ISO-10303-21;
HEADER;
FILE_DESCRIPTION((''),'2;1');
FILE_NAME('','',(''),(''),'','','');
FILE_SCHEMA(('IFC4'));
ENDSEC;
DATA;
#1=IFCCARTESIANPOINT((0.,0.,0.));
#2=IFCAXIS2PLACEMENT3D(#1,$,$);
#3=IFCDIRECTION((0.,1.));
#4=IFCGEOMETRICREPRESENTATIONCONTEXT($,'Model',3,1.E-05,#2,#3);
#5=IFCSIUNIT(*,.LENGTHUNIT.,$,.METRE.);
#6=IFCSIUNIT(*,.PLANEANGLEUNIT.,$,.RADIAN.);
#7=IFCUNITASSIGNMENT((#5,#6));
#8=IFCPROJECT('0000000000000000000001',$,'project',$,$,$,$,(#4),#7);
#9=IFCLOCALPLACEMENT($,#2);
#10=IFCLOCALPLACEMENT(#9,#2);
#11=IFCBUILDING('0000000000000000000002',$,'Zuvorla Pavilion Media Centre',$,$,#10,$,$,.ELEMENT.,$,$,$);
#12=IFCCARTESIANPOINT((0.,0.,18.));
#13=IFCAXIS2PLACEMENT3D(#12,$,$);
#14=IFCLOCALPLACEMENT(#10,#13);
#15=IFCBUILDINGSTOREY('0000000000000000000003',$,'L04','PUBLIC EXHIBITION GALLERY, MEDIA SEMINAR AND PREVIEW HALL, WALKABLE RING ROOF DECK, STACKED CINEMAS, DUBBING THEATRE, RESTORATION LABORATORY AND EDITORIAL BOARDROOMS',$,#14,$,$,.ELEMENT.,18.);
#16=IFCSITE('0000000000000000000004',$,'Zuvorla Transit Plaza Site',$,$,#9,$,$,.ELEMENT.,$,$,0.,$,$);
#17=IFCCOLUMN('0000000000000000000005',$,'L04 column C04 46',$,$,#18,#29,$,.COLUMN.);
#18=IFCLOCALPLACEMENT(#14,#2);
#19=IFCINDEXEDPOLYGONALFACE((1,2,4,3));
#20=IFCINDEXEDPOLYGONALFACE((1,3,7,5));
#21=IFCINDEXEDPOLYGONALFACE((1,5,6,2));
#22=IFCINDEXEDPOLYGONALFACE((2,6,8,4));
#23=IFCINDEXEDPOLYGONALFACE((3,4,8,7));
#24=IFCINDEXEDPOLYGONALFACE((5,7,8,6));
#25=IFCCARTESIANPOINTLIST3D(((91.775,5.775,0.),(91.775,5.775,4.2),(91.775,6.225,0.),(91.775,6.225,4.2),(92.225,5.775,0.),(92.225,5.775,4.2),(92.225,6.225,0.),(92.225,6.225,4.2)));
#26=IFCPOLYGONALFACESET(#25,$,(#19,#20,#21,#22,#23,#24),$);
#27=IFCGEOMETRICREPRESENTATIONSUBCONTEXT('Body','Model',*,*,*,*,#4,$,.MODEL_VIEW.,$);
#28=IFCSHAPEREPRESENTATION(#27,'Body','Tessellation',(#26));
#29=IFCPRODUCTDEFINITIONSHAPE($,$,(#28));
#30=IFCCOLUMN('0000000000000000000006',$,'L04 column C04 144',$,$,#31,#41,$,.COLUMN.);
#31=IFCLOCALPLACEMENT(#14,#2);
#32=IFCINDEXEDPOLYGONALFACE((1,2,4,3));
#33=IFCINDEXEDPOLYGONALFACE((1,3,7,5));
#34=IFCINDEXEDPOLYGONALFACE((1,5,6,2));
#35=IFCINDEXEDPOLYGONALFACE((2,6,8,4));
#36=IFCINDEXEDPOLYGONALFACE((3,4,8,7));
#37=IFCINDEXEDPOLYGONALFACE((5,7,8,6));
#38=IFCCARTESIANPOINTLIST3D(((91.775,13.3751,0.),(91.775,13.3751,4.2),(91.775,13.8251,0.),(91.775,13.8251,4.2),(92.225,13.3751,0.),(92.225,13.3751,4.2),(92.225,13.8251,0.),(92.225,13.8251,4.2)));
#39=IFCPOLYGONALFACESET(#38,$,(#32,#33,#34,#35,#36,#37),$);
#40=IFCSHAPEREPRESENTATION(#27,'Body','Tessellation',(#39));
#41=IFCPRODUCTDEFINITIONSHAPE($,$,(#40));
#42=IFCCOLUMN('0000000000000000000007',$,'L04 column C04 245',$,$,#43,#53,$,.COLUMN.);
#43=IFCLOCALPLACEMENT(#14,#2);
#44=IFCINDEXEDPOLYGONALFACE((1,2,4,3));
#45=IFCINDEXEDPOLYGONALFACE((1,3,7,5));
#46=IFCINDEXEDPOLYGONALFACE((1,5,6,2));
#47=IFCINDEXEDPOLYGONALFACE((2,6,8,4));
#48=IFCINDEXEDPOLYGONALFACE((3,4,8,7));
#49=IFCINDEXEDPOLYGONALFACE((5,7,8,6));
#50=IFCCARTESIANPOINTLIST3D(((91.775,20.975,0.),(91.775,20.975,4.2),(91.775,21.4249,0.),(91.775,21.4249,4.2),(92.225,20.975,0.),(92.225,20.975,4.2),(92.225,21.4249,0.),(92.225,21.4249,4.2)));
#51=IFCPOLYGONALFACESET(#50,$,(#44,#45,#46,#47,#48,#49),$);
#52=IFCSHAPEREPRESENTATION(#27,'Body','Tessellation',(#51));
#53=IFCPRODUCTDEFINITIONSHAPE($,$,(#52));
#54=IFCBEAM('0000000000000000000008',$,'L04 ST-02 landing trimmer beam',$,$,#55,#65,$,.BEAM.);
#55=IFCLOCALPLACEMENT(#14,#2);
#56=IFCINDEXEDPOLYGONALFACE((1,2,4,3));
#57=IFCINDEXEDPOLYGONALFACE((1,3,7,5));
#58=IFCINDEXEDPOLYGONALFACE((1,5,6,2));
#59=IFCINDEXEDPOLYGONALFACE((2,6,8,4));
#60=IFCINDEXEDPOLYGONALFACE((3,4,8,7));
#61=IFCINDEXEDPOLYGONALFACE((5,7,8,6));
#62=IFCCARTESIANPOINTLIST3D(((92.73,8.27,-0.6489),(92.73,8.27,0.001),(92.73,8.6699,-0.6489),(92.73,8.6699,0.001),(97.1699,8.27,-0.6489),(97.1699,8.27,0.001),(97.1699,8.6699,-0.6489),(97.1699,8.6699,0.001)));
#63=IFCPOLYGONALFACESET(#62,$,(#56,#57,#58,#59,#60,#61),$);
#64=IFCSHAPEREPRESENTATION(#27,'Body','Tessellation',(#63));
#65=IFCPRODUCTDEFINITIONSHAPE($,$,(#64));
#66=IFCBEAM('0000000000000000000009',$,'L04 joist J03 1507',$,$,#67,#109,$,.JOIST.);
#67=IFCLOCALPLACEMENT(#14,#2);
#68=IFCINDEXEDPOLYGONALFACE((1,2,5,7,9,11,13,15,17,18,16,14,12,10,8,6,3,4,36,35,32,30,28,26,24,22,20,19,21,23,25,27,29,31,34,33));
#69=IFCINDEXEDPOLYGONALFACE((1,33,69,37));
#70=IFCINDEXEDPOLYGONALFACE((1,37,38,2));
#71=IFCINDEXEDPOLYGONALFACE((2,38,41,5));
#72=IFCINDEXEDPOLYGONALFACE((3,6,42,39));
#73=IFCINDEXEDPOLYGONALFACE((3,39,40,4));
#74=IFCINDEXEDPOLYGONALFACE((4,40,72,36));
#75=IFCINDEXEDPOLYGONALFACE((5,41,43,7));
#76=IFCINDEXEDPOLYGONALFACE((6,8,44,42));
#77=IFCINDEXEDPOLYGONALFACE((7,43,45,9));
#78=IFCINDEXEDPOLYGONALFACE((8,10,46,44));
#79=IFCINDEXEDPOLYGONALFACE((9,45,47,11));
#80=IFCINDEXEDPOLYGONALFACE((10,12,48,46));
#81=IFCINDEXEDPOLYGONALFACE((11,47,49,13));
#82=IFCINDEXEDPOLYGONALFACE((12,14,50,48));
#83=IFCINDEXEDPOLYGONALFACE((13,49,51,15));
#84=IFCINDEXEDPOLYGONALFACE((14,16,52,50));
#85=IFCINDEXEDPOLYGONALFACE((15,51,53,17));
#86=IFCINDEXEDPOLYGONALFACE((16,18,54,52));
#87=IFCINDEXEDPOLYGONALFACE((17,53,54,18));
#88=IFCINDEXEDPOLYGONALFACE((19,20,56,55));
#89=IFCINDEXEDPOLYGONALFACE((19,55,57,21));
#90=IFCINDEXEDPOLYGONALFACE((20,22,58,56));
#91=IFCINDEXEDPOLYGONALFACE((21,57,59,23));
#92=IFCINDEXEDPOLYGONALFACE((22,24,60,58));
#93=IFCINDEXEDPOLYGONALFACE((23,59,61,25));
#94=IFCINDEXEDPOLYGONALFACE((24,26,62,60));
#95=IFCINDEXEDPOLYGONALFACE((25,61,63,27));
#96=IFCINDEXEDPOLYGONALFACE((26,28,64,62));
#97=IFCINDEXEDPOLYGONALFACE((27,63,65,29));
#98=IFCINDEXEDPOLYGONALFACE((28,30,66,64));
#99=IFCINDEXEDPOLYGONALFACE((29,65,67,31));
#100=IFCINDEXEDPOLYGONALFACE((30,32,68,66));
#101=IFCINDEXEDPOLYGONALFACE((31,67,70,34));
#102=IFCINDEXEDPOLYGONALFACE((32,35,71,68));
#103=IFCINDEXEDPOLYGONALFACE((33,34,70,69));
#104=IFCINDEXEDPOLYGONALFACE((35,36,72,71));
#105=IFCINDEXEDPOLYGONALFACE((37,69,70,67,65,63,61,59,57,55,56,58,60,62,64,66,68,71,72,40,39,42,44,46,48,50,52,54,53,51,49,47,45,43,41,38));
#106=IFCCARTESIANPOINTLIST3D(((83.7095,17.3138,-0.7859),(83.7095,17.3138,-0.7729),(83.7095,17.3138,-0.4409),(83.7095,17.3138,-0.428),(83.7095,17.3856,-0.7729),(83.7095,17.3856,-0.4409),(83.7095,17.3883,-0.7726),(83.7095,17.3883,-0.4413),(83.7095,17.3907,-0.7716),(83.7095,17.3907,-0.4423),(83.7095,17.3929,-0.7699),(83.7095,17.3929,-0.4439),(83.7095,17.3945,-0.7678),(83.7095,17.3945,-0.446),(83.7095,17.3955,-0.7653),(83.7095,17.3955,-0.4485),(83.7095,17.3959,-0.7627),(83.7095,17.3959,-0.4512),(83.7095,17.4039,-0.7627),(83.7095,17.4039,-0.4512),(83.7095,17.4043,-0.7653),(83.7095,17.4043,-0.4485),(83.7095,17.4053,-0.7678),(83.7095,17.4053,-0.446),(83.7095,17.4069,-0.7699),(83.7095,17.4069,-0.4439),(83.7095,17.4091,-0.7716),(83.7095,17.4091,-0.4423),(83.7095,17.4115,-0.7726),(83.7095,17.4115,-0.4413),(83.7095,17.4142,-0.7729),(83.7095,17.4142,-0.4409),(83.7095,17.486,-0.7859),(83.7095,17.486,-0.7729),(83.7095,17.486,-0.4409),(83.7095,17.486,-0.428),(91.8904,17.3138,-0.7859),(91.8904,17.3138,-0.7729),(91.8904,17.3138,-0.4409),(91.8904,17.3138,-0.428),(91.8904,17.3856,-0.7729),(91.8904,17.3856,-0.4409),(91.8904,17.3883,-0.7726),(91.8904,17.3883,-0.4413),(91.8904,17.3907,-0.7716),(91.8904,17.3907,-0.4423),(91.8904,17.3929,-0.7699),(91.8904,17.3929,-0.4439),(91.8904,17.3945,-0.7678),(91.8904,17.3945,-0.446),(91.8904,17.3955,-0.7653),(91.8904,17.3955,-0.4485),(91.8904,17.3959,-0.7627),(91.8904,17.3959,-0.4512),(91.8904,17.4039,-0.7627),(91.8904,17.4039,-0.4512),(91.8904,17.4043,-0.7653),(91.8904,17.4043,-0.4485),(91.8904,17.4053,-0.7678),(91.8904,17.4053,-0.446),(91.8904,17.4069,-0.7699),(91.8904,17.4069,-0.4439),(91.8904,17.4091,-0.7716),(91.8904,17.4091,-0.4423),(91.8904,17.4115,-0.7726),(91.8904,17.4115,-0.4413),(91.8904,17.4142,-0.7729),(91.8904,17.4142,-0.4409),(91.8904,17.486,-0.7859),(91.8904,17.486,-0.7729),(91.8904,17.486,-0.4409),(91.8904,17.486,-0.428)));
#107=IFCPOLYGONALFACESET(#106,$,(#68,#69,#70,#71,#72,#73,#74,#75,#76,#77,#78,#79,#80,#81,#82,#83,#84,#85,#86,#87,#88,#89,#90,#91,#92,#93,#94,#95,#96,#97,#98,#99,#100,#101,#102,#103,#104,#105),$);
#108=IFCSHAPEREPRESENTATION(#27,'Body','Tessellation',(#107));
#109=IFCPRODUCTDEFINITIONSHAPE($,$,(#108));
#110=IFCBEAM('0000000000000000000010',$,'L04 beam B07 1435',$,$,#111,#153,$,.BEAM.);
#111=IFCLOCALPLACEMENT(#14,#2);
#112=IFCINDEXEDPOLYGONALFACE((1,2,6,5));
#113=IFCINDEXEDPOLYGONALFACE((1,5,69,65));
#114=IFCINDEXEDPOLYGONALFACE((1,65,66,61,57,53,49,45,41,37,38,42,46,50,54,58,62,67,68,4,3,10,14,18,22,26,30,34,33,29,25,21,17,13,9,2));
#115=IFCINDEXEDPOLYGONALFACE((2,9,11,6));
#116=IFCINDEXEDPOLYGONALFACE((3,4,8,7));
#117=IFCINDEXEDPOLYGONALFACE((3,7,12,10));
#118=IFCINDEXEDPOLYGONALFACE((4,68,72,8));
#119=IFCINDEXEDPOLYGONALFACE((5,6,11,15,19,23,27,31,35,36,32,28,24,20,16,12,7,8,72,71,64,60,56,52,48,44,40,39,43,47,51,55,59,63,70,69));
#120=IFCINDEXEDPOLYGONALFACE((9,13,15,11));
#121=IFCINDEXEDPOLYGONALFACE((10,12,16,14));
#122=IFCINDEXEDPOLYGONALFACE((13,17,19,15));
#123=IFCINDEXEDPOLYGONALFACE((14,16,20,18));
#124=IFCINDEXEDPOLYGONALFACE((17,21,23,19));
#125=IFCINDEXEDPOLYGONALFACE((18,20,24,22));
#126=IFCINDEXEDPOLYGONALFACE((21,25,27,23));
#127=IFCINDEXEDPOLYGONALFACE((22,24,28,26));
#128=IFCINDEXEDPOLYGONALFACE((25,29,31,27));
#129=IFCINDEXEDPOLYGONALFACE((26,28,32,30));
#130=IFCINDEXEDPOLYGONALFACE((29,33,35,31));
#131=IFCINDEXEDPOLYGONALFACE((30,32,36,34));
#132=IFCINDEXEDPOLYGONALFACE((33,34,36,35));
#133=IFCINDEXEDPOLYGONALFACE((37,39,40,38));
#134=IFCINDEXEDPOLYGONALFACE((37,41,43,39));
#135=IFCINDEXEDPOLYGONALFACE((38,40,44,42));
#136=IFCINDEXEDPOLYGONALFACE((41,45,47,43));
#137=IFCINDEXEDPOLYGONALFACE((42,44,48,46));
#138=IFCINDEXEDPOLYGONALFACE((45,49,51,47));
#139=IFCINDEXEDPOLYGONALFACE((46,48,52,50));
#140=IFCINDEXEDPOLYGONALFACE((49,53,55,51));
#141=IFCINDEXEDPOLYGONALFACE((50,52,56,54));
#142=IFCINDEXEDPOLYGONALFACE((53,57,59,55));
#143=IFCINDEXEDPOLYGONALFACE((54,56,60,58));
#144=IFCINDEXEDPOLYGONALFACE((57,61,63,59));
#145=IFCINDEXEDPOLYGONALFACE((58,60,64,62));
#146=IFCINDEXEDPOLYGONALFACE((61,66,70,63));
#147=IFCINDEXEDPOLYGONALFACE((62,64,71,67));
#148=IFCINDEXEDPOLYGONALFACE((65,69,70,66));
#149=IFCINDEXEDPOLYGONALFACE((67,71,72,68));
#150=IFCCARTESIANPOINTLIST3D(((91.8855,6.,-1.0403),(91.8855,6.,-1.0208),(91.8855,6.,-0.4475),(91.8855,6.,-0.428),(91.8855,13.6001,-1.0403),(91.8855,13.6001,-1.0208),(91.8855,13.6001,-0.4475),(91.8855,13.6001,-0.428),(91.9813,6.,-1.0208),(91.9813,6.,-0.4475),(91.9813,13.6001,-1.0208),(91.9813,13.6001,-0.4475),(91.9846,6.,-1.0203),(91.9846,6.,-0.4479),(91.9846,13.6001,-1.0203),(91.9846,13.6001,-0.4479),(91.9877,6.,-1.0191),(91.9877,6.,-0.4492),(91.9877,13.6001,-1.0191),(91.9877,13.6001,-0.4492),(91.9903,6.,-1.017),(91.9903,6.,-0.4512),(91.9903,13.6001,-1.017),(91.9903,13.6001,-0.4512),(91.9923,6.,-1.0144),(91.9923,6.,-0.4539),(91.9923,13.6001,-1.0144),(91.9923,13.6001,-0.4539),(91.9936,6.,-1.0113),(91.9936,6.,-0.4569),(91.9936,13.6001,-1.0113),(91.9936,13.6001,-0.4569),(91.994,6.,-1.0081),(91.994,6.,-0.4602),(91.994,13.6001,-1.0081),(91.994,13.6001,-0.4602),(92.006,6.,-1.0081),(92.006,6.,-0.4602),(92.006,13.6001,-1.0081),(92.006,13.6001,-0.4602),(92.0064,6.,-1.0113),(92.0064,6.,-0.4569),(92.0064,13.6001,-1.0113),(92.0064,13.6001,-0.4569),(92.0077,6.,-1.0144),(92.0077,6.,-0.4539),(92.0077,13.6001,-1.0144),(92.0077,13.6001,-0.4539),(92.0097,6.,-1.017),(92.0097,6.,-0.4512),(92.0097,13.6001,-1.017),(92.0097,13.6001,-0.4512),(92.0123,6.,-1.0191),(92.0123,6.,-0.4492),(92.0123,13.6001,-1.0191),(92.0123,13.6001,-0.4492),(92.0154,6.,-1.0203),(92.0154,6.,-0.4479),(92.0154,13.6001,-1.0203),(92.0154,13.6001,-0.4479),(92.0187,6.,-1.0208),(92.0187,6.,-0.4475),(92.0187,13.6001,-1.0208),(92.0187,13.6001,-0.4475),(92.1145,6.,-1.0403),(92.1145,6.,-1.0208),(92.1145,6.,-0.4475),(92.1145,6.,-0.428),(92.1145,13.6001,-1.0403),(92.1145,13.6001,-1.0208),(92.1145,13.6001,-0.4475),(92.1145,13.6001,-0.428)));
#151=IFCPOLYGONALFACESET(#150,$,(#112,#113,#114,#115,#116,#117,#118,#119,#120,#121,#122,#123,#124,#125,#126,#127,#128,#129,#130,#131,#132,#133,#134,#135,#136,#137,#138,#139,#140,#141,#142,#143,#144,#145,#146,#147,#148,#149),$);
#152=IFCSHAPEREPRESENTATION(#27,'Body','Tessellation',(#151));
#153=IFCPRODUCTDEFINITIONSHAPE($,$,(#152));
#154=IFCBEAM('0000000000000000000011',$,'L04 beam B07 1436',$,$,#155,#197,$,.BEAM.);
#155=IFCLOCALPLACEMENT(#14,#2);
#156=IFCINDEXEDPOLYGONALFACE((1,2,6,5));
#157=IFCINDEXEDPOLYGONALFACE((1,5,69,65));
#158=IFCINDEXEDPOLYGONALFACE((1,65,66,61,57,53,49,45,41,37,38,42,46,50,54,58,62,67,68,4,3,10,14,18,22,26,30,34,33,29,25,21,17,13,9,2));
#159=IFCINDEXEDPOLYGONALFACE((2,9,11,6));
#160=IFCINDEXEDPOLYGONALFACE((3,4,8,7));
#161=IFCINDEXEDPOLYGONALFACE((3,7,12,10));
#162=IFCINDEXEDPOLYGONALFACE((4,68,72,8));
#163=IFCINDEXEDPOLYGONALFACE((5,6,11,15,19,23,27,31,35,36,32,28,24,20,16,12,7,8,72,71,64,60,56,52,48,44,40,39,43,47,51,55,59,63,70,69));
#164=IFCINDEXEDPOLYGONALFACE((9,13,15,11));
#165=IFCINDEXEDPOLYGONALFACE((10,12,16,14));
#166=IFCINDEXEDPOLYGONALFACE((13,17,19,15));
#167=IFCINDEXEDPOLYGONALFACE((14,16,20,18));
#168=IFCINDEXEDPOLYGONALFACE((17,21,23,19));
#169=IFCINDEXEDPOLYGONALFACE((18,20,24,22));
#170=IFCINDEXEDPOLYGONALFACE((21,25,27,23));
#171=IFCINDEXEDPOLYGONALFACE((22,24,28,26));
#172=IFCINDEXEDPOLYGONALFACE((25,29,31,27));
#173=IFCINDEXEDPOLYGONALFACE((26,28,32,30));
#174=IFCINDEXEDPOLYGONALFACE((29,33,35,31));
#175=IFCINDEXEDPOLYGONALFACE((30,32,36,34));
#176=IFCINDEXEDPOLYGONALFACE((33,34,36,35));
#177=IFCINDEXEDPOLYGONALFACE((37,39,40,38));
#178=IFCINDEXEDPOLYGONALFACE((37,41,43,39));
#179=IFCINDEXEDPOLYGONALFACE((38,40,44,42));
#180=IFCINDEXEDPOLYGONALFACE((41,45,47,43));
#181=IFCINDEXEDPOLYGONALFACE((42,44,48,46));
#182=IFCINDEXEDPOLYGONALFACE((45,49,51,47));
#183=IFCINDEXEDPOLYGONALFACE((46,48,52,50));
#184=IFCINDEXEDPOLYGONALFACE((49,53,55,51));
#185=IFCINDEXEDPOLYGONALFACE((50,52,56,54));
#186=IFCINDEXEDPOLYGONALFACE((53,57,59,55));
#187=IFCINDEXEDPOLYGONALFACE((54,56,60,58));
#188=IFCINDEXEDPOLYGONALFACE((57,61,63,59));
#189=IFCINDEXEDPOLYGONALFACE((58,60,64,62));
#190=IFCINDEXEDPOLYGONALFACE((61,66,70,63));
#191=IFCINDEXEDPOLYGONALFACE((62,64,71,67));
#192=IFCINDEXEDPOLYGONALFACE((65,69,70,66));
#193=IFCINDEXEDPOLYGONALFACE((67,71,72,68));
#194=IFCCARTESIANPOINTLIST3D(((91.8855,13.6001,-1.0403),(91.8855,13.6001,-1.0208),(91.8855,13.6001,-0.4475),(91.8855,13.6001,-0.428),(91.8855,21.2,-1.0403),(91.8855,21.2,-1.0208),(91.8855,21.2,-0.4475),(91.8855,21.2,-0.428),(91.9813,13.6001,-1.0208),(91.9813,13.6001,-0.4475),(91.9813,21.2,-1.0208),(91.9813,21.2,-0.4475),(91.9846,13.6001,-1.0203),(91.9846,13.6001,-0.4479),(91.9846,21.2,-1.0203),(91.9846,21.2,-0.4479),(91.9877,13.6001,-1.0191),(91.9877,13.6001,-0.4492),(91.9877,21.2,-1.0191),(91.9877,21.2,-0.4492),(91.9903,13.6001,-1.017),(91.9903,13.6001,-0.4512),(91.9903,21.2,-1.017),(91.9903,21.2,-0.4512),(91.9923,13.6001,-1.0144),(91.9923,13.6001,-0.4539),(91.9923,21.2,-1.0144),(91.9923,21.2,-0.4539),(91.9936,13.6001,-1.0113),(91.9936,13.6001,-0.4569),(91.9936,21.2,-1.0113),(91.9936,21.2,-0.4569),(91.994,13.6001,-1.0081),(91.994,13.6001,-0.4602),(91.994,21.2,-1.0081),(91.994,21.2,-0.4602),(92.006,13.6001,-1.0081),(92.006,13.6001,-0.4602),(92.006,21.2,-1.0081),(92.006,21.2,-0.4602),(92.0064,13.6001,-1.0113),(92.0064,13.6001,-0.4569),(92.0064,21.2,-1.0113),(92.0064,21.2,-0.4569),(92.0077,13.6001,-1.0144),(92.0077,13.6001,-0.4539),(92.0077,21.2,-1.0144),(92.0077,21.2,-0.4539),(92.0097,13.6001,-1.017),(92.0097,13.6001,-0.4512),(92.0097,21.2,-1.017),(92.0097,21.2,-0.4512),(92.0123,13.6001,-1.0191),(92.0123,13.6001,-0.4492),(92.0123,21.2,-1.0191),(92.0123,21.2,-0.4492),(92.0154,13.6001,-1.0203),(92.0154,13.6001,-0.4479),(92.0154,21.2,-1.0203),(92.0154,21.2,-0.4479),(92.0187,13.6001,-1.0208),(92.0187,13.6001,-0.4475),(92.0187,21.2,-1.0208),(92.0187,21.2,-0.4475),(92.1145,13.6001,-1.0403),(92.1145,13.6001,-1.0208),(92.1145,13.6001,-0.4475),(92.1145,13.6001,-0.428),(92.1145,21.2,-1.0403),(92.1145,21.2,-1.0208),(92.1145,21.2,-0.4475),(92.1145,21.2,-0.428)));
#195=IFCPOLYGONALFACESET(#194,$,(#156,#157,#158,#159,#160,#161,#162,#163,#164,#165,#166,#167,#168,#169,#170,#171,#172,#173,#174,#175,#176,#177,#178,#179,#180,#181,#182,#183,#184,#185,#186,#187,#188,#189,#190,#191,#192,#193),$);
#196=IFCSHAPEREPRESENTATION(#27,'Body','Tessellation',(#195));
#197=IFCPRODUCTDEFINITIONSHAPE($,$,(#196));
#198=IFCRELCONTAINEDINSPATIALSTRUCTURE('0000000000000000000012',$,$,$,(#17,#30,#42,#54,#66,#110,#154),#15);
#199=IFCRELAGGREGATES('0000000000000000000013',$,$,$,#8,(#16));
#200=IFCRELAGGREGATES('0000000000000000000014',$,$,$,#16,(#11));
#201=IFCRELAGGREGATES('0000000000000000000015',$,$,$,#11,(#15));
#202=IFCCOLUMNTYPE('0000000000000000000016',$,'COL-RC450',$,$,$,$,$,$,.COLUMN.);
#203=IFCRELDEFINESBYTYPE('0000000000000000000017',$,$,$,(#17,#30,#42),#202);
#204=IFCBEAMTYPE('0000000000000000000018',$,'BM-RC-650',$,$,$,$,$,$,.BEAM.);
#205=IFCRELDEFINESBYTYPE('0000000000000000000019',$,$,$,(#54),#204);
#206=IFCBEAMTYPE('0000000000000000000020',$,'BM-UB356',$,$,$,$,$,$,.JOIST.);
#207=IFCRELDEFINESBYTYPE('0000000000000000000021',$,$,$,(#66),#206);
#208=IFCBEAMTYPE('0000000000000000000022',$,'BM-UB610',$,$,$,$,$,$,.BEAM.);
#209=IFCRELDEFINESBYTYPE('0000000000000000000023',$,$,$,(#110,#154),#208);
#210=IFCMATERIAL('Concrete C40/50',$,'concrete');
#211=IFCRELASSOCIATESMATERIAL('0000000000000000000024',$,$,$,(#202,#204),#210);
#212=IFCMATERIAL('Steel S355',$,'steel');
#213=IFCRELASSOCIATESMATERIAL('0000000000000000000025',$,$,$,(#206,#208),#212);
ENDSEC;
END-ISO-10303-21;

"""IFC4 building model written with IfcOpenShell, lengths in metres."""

from ifc_helpers import new_model, si_unit, direction, frame, origin, origin_2d, place, context, subcontext, project, spatial, rectangle, i_section, extrude, material, material_profile, profile_set, type_object, element, save


model = new_model("IFC4")

# Units and contexts
model_context = context("Model", 3, precision=1e-05, world=origin(), true_north=direction((0.0, 1.0)))
body_context = subcontext(model_context, "Body", "Model", "MODEL_VIEW")
ifc_project = project(units=[si_unit("LENGTHUNIT", "METRE"), si_unit("PLANEANGLEUNIT", "RADIAN")], contexts=[model_context])

# Site, building, storey
site_placement = place(None, origin())
site = spatial("IfcSite", under=ifc_project, at=site_placement, Name="Zuvorla Transit Plaza Site", CompositionType="ELEMENT", RefElevation=0.0)
building_placement = place(site_placement, origin())
building = spatial("IfcBuilding", under=site, at=building_placement, Name="Zuvorla Pavilion Media Centre", CompositionType="ELEMENT")
storey_placement = place(building_placement, frame((0.0, 0.0, 18.0)))
storey = spatial("IfcBuildingStorey", under=building, at=storey_placement, Name="L04", Description="PUBLIC EXHIBITION GALLERY, MEDIA SEMINAR AND PREVIEW HALL, WALKABLE RING ROOF DECK, STACKED CINEMAS, DUBBING THEATRE, RESTORATION LABORATORY AND EDITORIAL BOARDROOMS", CompositionType="ELEMENT", Elevation=18.0)

# Columns
ifc_material_1 = material(Name="Concrete C40/50", Category="concrete")
ifc_material_profile_1 = material_profile(ifc_material_1, rectangle(XDim=0.45, YDim=0.45, at=origin_2d()), Name="RC 450x450")
ifc_profile_set_1 = profile_set([ifc_material_profile_1], Name="Concrete C40/50")
column_type = type_object("IfcColumnType", Name="COL-RC450", PredefinedType="COLUMN", material=ifc_profile_set_1)
for number, where, z_axis, x_axis, name in (
    (1, (92.0, 6.0, 0.0), (0.0, 0.0, 1.0), (1.0, 0.0, 0.0), "L04 column C04 46"),
    (2, (92.0, 13.6001, 0.0), (0.0, 0.0, 1.0), (1.0, 0.0, 0.0), "L04 column C04 144"),
    (3, (92.0, 21.2, 0.0), (0.0, 0.0, 1.0), (1.0, 0.0, 0.0), "L04 column C04 245"),
):
    element("IfcColumn", number, at=place(storey_placement, frame(where, z_axis=z_axis, x_axis=x_axis)), inside=storey, type_object=column_type, Name=name, PredefinedType="COLUMN", context=body_context, shape_type="SweptSolid", body=[
        extrude(rectangle(XDim=0.45, YDim=0.45, at=origin_2d()), origin(), (0.0, 0.0, 1.0), 4.2),
    ])

# Beams
ifc_material_profile_2 = material_profile(ifc_material_1, rectangle(XDim=0.3999, YDim=0.6499, at=origin_2d()), Name="RC 400x650")
ifc_profile_set_2 = profile_set([ifc_material_profile_2], Name="Concrete C40/50")
beam_type_1 = type_object("IfcBeamType", Name="BM-RC-650", PredefinedType="BEAM", material=ifc_profile_set_2)
beam_1_placement = place(storey_placement, frame((92.73, 8.47, -0.324), z_axis=(1.0, 0.0, 0.0), x_axis=(0.0, 1.0, 0.0)))
element("IfcBeam", 4, at=beam_1_placement, inside=storey, type_object=beam_type_1, Name="L04 ST-02 landing trimmer beam", PredefinedType="BEAM", context=body_context, shape_type="SweptSolid", body=[
    extrude(rectangle(XDim=0.3999, YDim=0.6499, at=origin_2d()), origin(), (0.0, 0.0, 1.0), 4.4399),
])
ifc_material_2 = material(Name="Steel S355", Category="steel")
ifc_material_profile_3 = material_profile(ifc_material_2, i_section(OverallWidth=0.1721, OverallDepth=0.3579, WebThickness=0.0081, FlangeThickness=0.0129, FilletRadius=0.0103, at=origin_2d()), Name="UB 356x171x57")
ifc_profile_set_3 = profile_set([ifc_material_profile_3], Name="Steel S355")
beam_type_2 = type_object("IfcBeamType", Name="BM-UB356", PredefinedType="JOIST", material=ifc_profile_set_3)
beam_2_placement = place(storey_placement, frame((83.7095, 17.3999, -0.6069), z_axis=(1.0, 0.0, 0.0), x_axis=(0.0, 1.0, 0.0)))
element("IfcBeam", 5, at=beam_2_placement, inside=storey, type_object=beam_type_2, Name="L04 joist J03 1507", PredefinedType="JOIST", context=body_context, shape_type="SweptSolid", body=[
    extrude(i_section(OverallWidth=0.1721, OverallDepth=0.3579, WebThickness=0.0081, FlangeThickness=0.0129, FilletRadius=0.0103, at=origin_2d()), origin(), (0.0, 0.0, 1.0), 8.1809),
])
ifc_material_profile_4 = material_profile(ifc_material_2, i_section(OverallWidth=0.229, OverallDepth=0.6123, WebThickness=0.012, FlangeThickness=0.0195, FilletRadius=0.0127, at=origin_2d()), Name="UB 610x229x125")
ifc_profile_set_4 = profile_set([ifc_material_profile_4], Name="Steel S355")
beam_type_3 = type_object("IfcBeamType", Name="BM-UB610", PredefinedType="BEAM", material=ifc_profile_set_4)
beam_3_placement = place(storey_placement, frame((92.0, 6.0, -0.7341), z_axis=(0.0, 1.0, 0.0), x_axis=(-1.0, 0.0, 0.0)))
element("IfcBeam", 6, at=beam_3_placement, inside=storey, type_object=beam_type_3, Name="L04 beam B07 1435", PredefinedType="BEAM", context=body_context, shape_type="SweptSolid", body=[
    extrude(i_section(OverallWidth=0.229, OverallDepth=0.6123, WebThickness=0.012, FlangeThickness=0.0195, FilletRadius=0.0127, at=origin_2d()), origin(), (0.0, 0.0, 1.0), 7.6001),
])
beam_4_placement = place(storey_placement, frame((92.0, 13.6001, -0.7341), z_axis=(0.0, 1.0, 0.0), x_axis=(-1.0, 0.0, 0.0)))
element("IfcBeam", 7, at=beam_4_placement, inside=storey, type_object=beam_type_3, Name="L04 beam B07 1436", PredefinedType="BEAM", context=body_context, shape_type="SweptSolid", body=[
    extrude(i_section(OverallWidth=0.229, OverallDepth=0.6123, WebThickness=0.012, FlangeThickness=0.0195, FilletRadius=0.0127, at=origin_2d()), origin(), (0.0, 0.0, 1.0), 7.5999),
])

save(model, "model.ifc")
